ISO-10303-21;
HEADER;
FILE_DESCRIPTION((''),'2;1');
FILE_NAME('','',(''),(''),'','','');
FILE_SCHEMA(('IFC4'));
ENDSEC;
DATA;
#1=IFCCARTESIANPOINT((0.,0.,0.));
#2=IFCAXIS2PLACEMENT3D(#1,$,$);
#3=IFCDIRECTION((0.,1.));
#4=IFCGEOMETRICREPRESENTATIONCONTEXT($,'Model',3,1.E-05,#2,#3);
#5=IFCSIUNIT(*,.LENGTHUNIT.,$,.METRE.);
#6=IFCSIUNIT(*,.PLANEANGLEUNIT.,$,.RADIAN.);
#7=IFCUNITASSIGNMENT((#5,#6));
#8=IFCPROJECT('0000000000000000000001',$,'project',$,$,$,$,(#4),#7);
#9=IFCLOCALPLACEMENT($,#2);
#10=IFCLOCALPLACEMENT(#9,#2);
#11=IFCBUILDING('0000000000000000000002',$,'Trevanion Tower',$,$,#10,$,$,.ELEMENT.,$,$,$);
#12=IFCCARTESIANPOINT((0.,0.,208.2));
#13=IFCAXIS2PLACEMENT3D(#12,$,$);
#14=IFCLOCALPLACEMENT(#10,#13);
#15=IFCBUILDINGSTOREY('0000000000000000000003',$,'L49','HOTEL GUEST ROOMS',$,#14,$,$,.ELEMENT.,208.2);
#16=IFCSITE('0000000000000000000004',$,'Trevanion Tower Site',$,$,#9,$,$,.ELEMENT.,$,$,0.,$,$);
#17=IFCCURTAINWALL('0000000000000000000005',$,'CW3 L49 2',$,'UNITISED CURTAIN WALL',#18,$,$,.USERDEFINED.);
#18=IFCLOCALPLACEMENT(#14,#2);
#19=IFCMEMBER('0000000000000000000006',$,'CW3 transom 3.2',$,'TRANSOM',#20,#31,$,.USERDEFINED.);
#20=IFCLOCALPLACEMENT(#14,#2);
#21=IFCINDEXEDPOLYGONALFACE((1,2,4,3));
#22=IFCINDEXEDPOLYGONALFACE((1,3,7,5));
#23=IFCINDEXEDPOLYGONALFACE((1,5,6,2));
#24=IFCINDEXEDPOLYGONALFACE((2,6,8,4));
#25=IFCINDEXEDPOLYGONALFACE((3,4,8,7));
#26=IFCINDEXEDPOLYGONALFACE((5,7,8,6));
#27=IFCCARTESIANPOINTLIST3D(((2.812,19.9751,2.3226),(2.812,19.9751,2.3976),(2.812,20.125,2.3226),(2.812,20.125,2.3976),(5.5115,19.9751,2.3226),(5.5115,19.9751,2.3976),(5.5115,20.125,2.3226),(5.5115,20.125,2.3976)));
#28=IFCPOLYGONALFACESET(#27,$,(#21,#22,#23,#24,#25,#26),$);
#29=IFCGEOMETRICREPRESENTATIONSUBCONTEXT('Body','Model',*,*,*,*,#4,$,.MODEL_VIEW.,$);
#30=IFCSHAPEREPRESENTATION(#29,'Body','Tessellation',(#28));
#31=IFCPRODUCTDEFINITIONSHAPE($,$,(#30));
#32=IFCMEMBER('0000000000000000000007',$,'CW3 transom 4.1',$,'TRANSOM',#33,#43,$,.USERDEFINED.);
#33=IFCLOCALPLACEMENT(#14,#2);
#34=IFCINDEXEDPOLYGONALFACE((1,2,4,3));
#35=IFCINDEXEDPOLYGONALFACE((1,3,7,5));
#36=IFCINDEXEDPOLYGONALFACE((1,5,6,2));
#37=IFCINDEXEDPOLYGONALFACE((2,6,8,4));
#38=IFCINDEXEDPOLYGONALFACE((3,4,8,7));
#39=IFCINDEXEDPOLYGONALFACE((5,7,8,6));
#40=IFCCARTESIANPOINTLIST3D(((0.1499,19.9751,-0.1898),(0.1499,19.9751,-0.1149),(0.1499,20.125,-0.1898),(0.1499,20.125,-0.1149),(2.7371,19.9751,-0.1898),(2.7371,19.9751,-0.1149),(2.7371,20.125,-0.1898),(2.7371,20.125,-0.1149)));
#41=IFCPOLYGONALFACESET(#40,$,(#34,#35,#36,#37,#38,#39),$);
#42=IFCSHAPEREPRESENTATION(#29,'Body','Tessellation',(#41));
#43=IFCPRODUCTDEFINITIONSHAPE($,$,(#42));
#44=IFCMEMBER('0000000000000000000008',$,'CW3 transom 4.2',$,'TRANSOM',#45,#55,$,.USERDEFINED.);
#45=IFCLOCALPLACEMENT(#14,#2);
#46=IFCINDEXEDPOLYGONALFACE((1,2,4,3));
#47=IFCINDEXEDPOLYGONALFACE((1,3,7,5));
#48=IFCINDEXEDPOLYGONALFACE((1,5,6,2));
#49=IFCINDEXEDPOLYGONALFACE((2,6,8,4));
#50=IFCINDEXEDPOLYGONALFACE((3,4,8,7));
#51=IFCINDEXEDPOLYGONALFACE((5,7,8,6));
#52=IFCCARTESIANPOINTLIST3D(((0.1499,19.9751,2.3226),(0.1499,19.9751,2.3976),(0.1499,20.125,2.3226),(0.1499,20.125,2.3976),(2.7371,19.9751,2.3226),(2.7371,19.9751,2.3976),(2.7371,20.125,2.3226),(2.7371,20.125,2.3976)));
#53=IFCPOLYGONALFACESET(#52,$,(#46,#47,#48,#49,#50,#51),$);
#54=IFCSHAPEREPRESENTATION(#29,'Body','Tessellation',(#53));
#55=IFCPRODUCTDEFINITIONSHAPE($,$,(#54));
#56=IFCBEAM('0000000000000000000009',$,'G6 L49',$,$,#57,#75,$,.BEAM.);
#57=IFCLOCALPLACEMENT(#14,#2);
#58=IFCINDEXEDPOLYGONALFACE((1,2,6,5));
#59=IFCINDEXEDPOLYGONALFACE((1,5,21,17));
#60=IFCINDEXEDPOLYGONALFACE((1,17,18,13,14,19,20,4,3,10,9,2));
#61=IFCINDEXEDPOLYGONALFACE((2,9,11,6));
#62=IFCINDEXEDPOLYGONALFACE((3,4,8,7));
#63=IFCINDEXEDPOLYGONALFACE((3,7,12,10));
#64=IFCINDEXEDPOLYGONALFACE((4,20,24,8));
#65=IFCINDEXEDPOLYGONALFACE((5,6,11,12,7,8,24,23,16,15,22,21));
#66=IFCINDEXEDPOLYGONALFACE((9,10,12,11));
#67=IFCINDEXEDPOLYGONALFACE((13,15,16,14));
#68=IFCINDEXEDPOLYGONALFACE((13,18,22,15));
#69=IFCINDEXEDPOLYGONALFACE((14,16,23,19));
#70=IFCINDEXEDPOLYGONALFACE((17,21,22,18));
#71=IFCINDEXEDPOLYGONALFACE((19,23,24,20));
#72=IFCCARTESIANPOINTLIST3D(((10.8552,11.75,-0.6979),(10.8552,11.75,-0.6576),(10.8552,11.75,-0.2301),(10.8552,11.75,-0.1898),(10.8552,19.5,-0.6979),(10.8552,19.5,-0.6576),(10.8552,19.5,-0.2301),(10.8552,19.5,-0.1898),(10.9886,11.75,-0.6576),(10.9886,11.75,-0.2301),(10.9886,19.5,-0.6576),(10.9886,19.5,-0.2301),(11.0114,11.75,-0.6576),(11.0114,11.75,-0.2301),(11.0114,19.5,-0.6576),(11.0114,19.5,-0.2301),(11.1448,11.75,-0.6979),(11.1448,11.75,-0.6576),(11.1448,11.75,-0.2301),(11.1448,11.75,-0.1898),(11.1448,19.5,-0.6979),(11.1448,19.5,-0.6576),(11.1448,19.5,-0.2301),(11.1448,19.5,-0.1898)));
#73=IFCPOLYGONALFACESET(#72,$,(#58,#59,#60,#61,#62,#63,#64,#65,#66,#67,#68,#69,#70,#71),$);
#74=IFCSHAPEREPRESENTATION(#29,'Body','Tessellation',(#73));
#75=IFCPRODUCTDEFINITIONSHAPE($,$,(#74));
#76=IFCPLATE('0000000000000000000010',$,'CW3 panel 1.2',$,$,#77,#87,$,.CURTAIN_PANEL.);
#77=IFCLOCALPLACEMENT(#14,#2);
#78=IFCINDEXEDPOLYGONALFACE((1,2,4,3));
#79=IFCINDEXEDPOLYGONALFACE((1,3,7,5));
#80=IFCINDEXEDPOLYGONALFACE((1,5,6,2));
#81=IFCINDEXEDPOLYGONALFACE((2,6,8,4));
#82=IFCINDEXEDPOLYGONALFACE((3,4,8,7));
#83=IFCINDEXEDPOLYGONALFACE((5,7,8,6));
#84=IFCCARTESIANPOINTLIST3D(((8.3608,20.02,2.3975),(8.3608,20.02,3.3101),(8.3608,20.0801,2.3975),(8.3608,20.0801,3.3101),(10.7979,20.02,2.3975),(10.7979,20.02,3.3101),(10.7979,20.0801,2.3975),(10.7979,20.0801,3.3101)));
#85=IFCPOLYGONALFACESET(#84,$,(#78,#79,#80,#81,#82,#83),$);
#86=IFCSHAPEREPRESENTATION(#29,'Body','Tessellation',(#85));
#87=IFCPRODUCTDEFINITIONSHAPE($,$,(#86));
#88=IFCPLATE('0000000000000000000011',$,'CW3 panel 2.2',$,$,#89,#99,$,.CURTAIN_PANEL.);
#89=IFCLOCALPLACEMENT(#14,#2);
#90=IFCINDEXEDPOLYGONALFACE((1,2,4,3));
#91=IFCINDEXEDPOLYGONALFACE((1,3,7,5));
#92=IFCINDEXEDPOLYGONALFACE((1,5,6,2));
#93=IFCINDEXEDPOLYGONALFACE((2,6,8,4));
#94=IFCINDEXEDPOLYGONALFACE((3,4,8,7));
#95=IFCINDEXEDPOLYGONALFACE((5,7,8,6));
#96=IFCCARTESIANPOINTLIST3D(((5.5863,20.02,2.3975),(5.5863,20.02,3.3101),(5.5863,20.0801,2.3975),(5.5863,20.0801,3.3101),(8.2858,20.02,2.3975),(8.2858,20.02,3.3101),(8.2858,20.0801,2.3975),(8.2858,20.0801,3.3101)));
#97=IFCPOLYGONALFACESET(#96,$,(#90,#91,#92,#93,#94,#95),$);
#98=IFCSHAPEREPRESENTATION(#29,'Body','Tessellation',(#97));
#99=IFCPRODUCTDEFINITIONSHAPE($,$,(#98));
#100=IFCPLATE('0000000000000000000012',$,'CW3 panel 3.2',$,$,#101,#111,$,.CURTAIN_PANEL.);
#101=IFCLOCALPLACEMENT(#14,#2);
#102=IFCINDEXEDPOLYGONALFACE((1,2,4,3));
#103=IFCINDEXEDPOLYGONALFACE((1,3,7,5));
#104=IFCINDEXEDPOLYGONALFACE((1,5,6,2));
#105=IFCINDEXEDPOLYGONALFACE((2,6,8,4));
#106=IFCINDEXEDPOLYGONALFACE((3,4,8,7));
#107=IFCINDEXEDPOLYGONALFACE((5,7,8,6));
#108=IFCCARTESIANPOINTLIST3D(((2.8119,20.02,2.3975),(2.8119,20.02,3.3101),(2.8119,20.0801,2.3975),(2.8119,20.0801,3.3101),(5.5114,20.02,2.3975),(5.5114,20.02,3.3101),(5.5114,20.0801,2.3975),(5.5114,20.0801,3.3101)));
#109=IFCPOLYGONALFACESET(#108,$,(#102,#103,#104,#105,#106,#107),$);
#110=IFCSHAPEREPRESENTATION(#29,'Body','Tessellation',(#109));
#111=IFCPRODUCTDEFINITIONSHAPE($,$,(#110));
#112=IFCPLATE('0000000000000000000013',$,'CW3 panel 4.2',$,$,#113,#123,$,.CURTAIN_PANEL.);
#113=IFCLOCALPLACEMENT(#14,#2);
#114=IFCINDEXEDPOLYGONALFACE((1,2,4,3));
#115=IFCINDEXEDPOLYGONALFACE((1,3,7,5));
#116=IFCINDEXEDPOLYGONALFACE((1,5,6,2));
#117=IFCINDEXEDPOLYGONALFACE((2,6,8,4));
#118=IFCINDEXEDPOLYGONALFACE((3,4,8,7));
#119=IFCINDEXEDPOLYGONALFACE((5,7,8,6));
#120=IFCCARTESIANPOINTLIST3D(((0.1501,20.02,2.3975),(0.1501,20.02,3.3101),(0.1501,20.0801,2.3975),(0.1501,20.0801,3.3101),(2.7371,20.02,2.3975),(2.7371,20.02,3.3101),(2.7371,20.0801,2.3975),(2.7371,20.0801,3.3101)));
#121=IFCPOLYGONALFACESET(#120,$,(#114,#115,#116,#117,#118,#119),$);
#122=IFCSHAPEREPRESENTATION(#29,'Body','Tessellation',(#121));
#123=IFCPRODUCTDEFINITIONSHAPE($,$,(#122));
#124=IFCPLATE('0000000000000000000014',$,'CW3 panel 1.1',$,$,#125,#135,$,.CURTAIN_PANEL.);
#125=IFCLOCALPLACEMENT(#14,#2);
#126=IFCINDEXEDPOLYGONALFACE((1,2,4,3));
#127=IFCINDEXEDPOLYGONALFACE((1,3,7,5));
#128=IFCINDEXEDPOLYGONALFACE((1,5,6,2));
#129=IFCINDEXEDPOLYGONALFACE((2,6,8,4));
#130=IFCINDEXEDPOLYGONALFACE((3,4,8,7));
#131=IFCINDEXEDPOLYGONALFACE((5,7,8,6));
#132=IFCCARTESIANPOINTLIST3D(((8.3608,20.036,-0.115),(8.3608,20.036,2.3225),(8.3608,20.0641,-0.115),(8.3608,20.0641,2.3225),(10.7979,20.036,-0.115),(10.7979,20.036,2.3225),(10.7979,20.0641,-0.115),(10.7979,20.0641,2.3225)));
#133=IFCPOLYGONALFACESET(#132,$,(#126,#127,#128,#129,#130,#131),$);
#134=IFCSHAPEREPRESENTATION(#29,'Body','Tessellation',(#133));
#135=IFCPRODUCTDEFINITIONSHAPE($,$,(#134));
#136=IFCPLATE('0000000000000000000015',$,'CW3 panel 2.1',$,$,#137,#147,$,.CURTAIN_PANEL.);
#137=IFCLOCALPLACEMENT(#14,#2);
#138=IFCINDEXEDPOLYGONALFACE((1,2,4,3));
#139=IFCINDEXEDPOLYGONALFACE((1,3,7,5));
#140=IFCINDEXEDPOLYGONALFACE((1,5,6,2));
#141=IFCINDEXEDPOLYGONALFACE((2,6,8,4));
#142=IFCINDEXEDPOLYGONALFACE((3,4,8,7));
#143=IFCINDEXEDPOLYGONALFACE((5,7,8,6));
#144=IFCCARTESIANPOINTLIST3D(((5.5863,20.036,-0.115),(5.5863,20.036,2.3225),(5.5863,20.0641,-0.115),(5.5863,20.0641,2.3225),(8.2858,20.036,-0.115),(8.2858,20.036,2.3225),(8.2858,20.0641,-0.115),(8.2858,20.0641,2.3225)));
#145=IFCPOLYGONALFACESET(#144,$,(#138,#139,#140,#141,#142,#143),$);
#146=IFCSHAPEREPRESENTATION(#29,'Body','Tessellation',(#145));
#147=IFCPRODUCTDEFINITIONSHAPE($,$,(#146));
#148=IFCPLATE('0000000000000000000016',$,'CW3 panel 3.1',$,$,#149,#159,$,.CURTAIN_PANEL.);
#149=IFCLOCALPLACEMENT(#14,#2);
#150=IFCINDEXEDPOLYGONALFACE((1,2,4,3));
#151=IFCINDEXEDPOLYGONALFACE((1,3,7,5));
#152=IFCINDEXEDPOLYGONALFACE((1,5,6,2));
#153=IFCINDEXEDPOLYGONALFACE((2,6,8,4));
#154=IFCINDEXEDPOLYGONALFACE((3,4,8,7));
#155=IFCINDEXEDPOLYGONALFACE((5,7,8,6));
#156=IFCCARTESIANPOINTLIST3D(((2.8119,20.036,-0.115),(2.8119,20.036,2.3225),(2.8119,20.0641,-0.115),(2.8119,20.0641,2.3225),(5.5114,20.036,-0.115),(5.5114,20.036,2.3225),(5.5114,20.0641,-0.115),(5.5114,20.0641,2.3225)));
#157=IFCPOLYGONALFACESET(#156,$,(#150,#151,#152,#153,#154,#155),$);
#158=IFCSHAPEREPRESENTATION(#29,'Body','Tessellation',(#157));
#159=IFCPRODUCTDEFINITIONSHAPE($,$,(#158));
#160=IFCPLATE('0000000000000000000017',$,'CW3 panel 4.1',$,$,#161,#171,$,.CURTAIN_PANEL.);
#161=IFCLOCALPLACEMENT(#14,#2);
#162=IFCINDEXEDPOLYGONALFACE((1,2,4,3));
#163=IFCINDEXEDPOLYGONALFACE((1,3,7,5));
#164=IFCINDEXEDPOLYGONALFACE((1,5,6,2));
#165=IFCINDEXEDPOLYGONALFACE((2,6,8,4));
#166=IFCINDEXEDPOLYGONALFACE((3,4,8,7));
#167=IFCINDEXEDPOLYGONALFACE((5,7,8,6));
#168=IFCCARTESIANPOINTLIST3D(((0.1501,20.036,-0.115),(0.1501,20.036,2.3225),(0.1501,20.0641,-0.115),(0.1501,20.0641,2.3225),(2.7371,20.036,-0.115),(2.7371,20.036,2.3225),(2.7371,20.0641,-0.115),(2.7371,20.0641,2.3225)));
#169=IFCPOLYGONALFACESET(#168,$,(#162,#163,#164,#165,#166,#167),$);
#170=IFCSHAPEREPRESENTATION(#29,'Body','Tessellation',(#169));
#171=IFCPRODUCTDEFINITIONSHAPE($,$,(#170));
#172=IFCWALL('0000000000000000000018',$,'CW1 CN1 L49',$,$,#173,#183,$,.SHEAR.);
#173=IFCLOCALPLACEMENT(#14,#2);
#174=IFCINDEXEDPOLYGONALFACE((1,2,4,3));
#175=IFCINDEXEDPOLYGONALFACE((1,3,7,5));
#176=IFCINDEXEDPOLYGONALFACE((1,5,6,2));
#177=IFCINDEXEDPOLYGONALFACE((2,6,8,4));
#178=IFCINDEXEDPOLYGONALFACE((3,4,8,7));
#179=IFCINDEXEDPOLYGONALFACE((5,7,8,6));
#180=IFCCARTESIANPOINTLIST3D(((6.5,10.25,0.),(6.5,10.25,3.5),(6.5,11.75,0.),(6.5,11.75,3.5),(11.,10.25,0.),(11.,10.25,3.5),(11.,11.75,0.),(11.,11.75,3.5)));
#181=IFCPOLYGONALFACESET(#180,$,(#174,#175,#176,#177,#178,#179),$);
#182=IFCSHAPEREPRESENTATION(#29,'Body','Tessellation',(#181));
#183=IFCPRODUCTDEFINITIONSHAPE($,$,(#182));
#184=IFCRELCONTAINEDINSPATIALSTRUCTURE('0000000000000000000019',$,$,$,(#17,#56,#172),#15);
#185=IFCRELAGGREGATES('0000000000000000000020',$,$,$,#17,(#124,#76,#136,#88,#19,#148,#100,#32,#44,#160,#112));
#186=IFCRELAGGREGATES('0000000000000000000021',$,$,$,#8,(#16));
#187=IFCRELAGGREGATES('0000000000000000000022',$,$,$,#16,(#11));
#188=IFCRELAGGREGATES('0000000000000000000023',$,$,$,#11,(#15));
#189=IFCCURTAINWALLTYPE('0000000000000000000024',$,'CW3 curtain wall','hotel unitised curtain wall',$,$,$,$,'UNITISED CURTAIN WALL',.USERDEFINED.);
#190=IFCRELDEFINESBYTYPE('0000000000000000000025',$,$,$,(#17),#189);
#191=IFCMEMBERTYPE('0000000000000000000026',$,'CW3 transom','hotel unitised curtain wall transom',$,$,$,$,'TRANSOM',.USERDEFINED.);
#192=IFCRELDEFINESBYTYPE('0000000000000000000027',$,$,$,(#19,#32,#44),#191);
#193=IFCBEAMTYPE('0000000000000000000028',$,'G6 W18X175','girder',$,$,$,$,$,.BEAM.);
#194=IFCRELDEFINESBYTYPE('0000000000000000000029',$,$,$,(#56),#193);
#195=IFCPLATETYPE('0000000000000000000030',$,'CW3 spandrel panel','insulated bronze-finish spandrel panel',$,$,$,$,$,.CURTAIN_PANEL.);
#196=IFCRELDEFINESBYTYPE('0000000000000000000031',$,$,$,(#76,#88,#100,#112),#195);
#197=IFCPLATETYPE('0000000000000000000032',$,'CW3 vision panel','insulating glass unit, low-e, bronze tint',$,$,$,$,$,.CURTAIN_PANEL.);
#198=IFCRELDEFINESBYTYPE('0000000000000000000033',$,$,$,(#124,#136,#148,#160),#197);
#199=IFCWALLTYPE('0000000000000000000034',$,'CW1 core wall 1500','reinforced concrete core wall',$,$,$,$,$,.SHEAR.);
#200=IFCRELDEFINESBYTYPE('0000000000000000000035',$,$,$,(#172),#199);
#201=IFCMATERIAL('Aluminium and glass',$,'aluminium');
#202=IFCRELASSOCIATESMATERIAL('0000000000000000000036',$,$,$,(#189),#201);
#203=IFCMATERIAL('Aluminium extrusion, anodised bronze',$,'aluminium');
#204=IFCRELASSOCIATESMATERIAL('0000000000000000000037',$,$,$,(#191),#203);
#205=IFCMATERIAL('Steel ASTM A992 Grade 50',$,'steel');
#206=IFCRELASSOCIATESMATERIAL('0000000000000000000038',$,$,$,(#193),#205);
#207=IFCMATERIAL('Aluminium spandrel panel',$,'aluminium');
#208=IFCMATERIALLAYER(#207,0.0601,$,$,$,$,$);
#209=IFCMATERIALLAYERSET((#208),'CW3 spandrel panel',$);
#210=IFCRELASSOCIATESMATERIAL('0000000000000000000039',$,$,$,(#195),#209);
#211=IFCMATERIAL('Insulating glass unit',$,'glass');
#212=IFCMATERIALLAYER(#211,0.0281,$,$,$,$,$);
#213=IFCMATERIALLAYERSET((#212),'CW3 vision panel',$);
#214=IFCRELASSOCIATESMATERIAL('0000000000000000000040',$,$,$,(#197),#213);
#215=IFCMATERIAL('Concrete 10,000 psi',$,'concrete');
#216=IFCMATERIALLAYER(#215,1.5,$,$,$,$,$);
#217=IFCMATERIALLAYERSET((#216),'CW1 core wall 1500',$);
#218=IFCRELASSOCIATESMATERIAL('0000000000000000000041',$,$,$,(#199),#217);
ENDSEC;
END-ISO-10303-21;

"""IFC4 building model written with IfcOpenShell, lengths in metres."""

from ifc_helpers import new_model, si_unit, direction, frame, frame_2d, origin, origin_2d, place, context, subcontext, project, spatial, rectangle, i_section, extrude, material, layer, layer_set, material_profile, profile_set, type_object, element, aggregate, save


model = new_model("IFC4")

# Units and contexts
model_context = context("Model", 3, precision=1e-05, world=origin(), true_north=direction((0.0, 1.0)))
body_context = subcontext(model_context, "Body", "Model", "MODEL_VIEW")
ifc_project = project(units=[si_unit("LENGTHUNIT", "METRE"), si_unit("PLANEANGLEUNIT", "RADIAN")], contexts=[model_context])

# Site, building, storey
site_placement = place(None, origin())
site = spatial("IfcSite", under=ifc_project, at=site_placement, Name="Trevanion Tower Site", CompositionType="ELEMENT", RefElevation=0.0)
building_placement = place(site_placement, origin())
building = spatial("IfcBuilding", under=site, at=building_placement, Name="Trevanion Tower", CompositionType="ELEMENT")
storey_placement = place(building_placement, frame((0.0, 0.0, 208.2)))
storey = spatial("IfcBuildingStorey", under=building, at=storey_placement, Name="L49", Description="HOTEL GUEST ROOMS", CompositionType="ELEMENT", Elevation=208.2)

# Curtain wall, members
ifc_material_1 = material(Name="Aluminium and glass", Category="aluminium")
curtain_wall_type = type_object("IfcCurtainWallType", Name="CW3 curtain wall", Description="hotel unitised curtain wall", ElementType="UNITISED CURTAIN WALL", PredefinedType="USERDEFINED", material=ifc_material_1)
curtain_wall_placement = place(storey_placement, origin())
curtain_wall = element("IfcCurtainWall", 1, at=curtain_wall_placement, inside=storey, type_object=curtain_wall_type, Name="CW3 L49 2", ObjectType="UNITISED CURTAIN WALL", PredefinedType="USERDEFINED")
ifc_material_2 = material(Name="Aluminium extrusion, anodised bronze", Category="aluminium")
ifc_material_profile_1 = material_profile(ifc_material_2, rectangle(XDim=0.1499, YDim=0.075, at=origin_2d()), Name="CW3 transom")
ifc_profile_set_1 = profile_set([ifc_material_profile_1], Name="Aluminium extrusion, anodised bronze")
member_type_1 = type_object("IfcMemberType", Name="CW3 transom", Description="hotel unitised curtain wall transom", ElementType="TRANSOM", PredefinedType="USERDEFINED", material=ifc_profile_set_1)
member_1_placement = place(storey_placement, frame((5.5115, 20.05, 2.3601), z_axis=(-1.0, 0.0, 0.0), x_axis=(0.0, -1.0, 0.0)))
member_1 = element("IfcMember", 2, at=member_1_placement, type_object=member_type_1, Name="CW3 transom 3.2", ObjectType="TRANSOM", PredefinedType="USERDEFINED", context=body_context, shape_type="SweptSolid", body=[
    extrude(rectangle(XDim=0.1499, YDim=0.075, at=origin_2d()), origin(), (0.0, 0.0, 1.0), 2.6995),
])
member_2_placement = place(storey_placement, frame((2.7371, 20.05, -0.1523), z_axis=(-1.0, 0.0, 0.0), x_axis=(0.0, -1.0, 0.0)))
member_2 = element("IfcMember", 3, at=member_2_placement, type_object=member_type_1, Name="CW3 transom 4.1", ObjectType="TRANSOM", PredefinedType="USERDEFINED", context=body_context, shape_type="SweptSolid", body=[
    extrude(rectangle(XDim=0.1499, YDim=0.075, at=origin_2d()), origin(), (0.0, 0.0, 1.0), 2.5872),
])
member_3_placement = place(storey_placement, frame((2.7371, 20.05, 2.3601), z_axis=(-1.0, 0.0, 0.0), x_axis=(0.0, -1.0, 0.0)))
member_3 = element("IfcMember", 4, at=member_3_placement, type_object=member_type_1, Name="CW3 transom 4.2", ObjectType="TRANSOM", PredefinedType="USERDEFINED", context=body_context, shape_type="SweptSolid", body=[
    extrude(rectangle(XDim=0.1499, YDim=0.075, at=origin_2d()), origin(), (0.0, 0.0, 1.0), 2.5872),
])

# Beam
ifc_material_3 = material(Name="Steel ASTM A992 Grade 50", Category="steel")
ifc_material_profile_2 = material_profile(ifc_material_3, i_section(OverallWidth=0.2896, OverallDepth=0.5081, WebThickness=0.0227, FlangeThickness=0.0403, at=origin_2d()), Name="W18X175")
ifc_profile_set_2 = profile_set([ifc_material_profile_2], Name="Steel ASTM A992 Grade 50")
beam_type_1 = type_object("IfcBeamType", Name="G6 W18X175", Description="girder", PredefinedType="BEAM", material=ifc_profile_set_2)
beam_placement = place(storey_placement, frame((11.0, 11.75, -0.4438), z_axis=(0.0, 1.0, 0.0), x_axis=(-1.0, 0.0, 0.0)))
element("IfcBeam", 5, at=beam_placement, inside=storey, type_object=beam_type_1, Name="G6 L49", PredefinedType="BEAM", context=body_context, shape_type="SweptSolid", body=[
    extrude(i_section(OverallWidth=0.2896, OverallDepth=0.5081, WebThickness=0.0227, FlangeThickness=0.0403, at=origin_2d()), origin(), (0.0, 0.0, 1.0), 7.75),
])

# Plates
ifc_material_4 = material(Name="Aluminium spandrel panel", Category="aluminium")
ifc_layer_1 = layer(ifc_material_4, 0.0601)
ifc_layer_set_1 = layer_set([ifc_layer_1], Name="CW3 spandrel panel")
plate_type_1 = type_object("IfcPlateType", Name="CW3 spandrel panel", Description="insulated bronze-finish spandrel panel", PredefinedType="CURTAIN_PANEL", material=ifc_layer_set_1)
plate_1_placement = place(storey_placement, frame((9.5793, 20.05, 2.3975), z_axis=(0.0, 0.0, 1.0), x_axis=(-1.0, 0.0, 0.0)))
plate_1 = element("IfcPlate", 6, at=plate_1_placement, type_object=plate_type_1, Name="CW3 panel 1.2", PredefinedType="CURTAIN_PANEL", context=body_context, shape_type="SweptSolid", body=[
    extrude(rectangle(XDim=2.437, YDim=0.0601, at=origin_2d()), origin(), (0.0, 0.0, 1.0), 0.9126),
])
plate_2_placement = place(storey_placement, frame((6.936, 20.05, 2.3975), z_axis=(0.0, 0.0, 1.0), x_axis=(-1.0, 0.0, 0.0)))
plate_2 = element("IfcPlate", 7, at=plate_2_placement, type_object=plate_type_1, Name="CW3 panel 2.2", PredefinedType="CURTAIN_PANEL", context=body_context, shape_type="SweptSolid", body=[
    extrude(rectangle(XDim=2.6995, YDim=0.0601, at=origin_2d()), origin(), (0.0, 0.0, 1.0), 0.9126),
])
plate_3_placement = place(storey_placement, frame((4.1616, 20.05, 2.3975), z_axis=(0.0, 0.0, 1.0), x_axis=(-1.0, 0.0, 0.0)))
plate_3 = element("IfcPlate", 8, at=plate_3_placement, type_object=plate_type_1, Name="CW3 panel 3.2", PredefinedType="CURTAIN_PANEL", context=body_context, shape_type="SweptSolid", body=[
    extrude(rectangle(XDim=2.6995, YDim=0.0601, at=origin_2d()), origin(), (0.0, 0.0, 1.0), 0.9126),
])
plate_4_placement = place(storey_placement, frame((1.4436, 20.05, 2.3975), z_axis=(0.0, 0.0, 1.0), x_axis=(-1.0, 0.0, 0.0)))
plate_4 = element("IfcPlate", 9, at=plate_4_placement, type_object=plate_type_1, Name="CW3 panel 4.2", PredefinedType="CURTAIN_PANEL", context=body_context, shape_type="SweptSolid", body=[
    extrude(rectangle(XDim=2.5869, YDim=0.0601, at=origin_2d()), origin(), (0.0, 0.0, 1.0), 0.9126),
])
ifc_material_5 = material(Name="Insulating glass unit", Category="glass")
ifc_layer_2 = layer(ifc_material_5, 0.0281)
ifc_layer_set_2 = layer_set([ifc_layer_2], Name="CW3 vision panel")
plate_type_2 = type_object("IfcPlateType", Name="CW3 vision panel", Description="insulating glass unit, low-e, bronze tint", PredefinedType="CURTAIN_PANEL", material=ifc_layer_set_2)
plate_5_placement = place(storey_placement, frame((9.5793, 20.05, -0.115), z_axis=(0.0, 0.0, 1.0), x_axis=(-1.0, 0.0, 0.0)))
plate_5 = element("IfcPlate", 10, at=plate_5_placement, type_object=plate_type_2, Name="CW3 panel 1.1", PredefinedType="CURTAIN_PANEL", context=body_context, shape_type="SweptSolid", body=[
    extrude(rectangle(XDim=2.437, YDim=0.0281, at=origin_2d()), origin(), (0.0, 0.0, 1.0), 2.4375),
])
plate_6_placement = place(storey_placement, frame((6.936, 20.05, -0.115), z_axis=(0.0, 0.0, 1.0), x_axis=(-1.0, 0.0, 0.0)))
plate_6 = element("IfcPlate", 11, at=plate_6_placement, type_object=plate_type_2, Name="CW3 panel 2.1", PredefinedType="CURTAIN_PANEL", context=body_context, shape_type="SweptSolid", body=[
    extrude(rectangle(XDim=2.6995, YDim=0.0281, at=origin_2d()), origin(), (0.0, 0.0, 1.0), 2.4375),
])
plate_7_placement = place(storey_placement, frame((4.1616, 20.05, -0.115), z_axis=(0.0, 0.0, 1.0), x_axis=(-1.0, 0.0, 0.0)))
plate_7 = element("IfcPlate", 12, at=plate_7_placement, type_object=plate_type_2, Name="CW3 panel 3.1", PredefinedType="CURTAIN_PANEL", context=body_context, shape_type="SweptSolid", body=[
    extrude(rectangle(XDim=2.6995, YDim=0.0281, at=origin_2d()), origin(), (0.0, 0.0, 1.0), 2.4375),
])
plate_8_placement = place(storey_placement, frame((1.4436, 20.05, -0.115), z_axis=(0.0, 0.0, 1.0), x_axis=(-1.0, 0.0, 0.0)))
plate_8 = element("IfcPlate", 13, at=plate_8_placement, type_object=plate_type_2, Name="CW3 panel 4.1", PredefinedType="CURTAIN_PANEL", context=body_context, shape_type="SweptSolid", body=[
    extrude(rectangle(XDim=2.5869, YDim=0.0281, at=origin_2d()), origin(), (0.0, 0.0, 1.0), 2.4375),
])
aggregate(curtain_wall, [plate_5, plate_1, plate_6, plate_2, member_1, plate_7, plate_3, member_2, member_3, plate_8, plate_4])

# Wall
ifc_material_6 = material(Name="Concrete 10,000 psi", Category="concrete")
ifc_layer_3 = layer(ifc_material_6, 1.5)
ifc_layer_set_3 = layer_set([ifc_layer_3], Name="CW1 core wall 1500")
wall_type_1 = type_object("IfcWallType", Name="CW1 core wall 1500", Description="reinforced concrete core wall", PredefinedType="SHEAR", material=ifc_layer_set_3)
wall_1_placement = place(storey_placement, frame((11.0, 11.0, 0.0), z_axis=(0.0, 0.0, 1.0), x_axis=(-1.0, 0.0, 0.0)))
element("IfcWall", 14, at=wall_1_placement, inside=storey, type_object=wall_type_1, Name="CW1 CN1 L49", PredefinedType="SHEAR", context=body_context, shape_type="SweptSolid", body=[
    extrude(rectangle(XDim=4.5, YDim=1.5, at=frame_2d((2.25, 0.0))), origin(), (0.0, 0.0, 1.0), 3.5),
])

save(model, "model.ifc")
